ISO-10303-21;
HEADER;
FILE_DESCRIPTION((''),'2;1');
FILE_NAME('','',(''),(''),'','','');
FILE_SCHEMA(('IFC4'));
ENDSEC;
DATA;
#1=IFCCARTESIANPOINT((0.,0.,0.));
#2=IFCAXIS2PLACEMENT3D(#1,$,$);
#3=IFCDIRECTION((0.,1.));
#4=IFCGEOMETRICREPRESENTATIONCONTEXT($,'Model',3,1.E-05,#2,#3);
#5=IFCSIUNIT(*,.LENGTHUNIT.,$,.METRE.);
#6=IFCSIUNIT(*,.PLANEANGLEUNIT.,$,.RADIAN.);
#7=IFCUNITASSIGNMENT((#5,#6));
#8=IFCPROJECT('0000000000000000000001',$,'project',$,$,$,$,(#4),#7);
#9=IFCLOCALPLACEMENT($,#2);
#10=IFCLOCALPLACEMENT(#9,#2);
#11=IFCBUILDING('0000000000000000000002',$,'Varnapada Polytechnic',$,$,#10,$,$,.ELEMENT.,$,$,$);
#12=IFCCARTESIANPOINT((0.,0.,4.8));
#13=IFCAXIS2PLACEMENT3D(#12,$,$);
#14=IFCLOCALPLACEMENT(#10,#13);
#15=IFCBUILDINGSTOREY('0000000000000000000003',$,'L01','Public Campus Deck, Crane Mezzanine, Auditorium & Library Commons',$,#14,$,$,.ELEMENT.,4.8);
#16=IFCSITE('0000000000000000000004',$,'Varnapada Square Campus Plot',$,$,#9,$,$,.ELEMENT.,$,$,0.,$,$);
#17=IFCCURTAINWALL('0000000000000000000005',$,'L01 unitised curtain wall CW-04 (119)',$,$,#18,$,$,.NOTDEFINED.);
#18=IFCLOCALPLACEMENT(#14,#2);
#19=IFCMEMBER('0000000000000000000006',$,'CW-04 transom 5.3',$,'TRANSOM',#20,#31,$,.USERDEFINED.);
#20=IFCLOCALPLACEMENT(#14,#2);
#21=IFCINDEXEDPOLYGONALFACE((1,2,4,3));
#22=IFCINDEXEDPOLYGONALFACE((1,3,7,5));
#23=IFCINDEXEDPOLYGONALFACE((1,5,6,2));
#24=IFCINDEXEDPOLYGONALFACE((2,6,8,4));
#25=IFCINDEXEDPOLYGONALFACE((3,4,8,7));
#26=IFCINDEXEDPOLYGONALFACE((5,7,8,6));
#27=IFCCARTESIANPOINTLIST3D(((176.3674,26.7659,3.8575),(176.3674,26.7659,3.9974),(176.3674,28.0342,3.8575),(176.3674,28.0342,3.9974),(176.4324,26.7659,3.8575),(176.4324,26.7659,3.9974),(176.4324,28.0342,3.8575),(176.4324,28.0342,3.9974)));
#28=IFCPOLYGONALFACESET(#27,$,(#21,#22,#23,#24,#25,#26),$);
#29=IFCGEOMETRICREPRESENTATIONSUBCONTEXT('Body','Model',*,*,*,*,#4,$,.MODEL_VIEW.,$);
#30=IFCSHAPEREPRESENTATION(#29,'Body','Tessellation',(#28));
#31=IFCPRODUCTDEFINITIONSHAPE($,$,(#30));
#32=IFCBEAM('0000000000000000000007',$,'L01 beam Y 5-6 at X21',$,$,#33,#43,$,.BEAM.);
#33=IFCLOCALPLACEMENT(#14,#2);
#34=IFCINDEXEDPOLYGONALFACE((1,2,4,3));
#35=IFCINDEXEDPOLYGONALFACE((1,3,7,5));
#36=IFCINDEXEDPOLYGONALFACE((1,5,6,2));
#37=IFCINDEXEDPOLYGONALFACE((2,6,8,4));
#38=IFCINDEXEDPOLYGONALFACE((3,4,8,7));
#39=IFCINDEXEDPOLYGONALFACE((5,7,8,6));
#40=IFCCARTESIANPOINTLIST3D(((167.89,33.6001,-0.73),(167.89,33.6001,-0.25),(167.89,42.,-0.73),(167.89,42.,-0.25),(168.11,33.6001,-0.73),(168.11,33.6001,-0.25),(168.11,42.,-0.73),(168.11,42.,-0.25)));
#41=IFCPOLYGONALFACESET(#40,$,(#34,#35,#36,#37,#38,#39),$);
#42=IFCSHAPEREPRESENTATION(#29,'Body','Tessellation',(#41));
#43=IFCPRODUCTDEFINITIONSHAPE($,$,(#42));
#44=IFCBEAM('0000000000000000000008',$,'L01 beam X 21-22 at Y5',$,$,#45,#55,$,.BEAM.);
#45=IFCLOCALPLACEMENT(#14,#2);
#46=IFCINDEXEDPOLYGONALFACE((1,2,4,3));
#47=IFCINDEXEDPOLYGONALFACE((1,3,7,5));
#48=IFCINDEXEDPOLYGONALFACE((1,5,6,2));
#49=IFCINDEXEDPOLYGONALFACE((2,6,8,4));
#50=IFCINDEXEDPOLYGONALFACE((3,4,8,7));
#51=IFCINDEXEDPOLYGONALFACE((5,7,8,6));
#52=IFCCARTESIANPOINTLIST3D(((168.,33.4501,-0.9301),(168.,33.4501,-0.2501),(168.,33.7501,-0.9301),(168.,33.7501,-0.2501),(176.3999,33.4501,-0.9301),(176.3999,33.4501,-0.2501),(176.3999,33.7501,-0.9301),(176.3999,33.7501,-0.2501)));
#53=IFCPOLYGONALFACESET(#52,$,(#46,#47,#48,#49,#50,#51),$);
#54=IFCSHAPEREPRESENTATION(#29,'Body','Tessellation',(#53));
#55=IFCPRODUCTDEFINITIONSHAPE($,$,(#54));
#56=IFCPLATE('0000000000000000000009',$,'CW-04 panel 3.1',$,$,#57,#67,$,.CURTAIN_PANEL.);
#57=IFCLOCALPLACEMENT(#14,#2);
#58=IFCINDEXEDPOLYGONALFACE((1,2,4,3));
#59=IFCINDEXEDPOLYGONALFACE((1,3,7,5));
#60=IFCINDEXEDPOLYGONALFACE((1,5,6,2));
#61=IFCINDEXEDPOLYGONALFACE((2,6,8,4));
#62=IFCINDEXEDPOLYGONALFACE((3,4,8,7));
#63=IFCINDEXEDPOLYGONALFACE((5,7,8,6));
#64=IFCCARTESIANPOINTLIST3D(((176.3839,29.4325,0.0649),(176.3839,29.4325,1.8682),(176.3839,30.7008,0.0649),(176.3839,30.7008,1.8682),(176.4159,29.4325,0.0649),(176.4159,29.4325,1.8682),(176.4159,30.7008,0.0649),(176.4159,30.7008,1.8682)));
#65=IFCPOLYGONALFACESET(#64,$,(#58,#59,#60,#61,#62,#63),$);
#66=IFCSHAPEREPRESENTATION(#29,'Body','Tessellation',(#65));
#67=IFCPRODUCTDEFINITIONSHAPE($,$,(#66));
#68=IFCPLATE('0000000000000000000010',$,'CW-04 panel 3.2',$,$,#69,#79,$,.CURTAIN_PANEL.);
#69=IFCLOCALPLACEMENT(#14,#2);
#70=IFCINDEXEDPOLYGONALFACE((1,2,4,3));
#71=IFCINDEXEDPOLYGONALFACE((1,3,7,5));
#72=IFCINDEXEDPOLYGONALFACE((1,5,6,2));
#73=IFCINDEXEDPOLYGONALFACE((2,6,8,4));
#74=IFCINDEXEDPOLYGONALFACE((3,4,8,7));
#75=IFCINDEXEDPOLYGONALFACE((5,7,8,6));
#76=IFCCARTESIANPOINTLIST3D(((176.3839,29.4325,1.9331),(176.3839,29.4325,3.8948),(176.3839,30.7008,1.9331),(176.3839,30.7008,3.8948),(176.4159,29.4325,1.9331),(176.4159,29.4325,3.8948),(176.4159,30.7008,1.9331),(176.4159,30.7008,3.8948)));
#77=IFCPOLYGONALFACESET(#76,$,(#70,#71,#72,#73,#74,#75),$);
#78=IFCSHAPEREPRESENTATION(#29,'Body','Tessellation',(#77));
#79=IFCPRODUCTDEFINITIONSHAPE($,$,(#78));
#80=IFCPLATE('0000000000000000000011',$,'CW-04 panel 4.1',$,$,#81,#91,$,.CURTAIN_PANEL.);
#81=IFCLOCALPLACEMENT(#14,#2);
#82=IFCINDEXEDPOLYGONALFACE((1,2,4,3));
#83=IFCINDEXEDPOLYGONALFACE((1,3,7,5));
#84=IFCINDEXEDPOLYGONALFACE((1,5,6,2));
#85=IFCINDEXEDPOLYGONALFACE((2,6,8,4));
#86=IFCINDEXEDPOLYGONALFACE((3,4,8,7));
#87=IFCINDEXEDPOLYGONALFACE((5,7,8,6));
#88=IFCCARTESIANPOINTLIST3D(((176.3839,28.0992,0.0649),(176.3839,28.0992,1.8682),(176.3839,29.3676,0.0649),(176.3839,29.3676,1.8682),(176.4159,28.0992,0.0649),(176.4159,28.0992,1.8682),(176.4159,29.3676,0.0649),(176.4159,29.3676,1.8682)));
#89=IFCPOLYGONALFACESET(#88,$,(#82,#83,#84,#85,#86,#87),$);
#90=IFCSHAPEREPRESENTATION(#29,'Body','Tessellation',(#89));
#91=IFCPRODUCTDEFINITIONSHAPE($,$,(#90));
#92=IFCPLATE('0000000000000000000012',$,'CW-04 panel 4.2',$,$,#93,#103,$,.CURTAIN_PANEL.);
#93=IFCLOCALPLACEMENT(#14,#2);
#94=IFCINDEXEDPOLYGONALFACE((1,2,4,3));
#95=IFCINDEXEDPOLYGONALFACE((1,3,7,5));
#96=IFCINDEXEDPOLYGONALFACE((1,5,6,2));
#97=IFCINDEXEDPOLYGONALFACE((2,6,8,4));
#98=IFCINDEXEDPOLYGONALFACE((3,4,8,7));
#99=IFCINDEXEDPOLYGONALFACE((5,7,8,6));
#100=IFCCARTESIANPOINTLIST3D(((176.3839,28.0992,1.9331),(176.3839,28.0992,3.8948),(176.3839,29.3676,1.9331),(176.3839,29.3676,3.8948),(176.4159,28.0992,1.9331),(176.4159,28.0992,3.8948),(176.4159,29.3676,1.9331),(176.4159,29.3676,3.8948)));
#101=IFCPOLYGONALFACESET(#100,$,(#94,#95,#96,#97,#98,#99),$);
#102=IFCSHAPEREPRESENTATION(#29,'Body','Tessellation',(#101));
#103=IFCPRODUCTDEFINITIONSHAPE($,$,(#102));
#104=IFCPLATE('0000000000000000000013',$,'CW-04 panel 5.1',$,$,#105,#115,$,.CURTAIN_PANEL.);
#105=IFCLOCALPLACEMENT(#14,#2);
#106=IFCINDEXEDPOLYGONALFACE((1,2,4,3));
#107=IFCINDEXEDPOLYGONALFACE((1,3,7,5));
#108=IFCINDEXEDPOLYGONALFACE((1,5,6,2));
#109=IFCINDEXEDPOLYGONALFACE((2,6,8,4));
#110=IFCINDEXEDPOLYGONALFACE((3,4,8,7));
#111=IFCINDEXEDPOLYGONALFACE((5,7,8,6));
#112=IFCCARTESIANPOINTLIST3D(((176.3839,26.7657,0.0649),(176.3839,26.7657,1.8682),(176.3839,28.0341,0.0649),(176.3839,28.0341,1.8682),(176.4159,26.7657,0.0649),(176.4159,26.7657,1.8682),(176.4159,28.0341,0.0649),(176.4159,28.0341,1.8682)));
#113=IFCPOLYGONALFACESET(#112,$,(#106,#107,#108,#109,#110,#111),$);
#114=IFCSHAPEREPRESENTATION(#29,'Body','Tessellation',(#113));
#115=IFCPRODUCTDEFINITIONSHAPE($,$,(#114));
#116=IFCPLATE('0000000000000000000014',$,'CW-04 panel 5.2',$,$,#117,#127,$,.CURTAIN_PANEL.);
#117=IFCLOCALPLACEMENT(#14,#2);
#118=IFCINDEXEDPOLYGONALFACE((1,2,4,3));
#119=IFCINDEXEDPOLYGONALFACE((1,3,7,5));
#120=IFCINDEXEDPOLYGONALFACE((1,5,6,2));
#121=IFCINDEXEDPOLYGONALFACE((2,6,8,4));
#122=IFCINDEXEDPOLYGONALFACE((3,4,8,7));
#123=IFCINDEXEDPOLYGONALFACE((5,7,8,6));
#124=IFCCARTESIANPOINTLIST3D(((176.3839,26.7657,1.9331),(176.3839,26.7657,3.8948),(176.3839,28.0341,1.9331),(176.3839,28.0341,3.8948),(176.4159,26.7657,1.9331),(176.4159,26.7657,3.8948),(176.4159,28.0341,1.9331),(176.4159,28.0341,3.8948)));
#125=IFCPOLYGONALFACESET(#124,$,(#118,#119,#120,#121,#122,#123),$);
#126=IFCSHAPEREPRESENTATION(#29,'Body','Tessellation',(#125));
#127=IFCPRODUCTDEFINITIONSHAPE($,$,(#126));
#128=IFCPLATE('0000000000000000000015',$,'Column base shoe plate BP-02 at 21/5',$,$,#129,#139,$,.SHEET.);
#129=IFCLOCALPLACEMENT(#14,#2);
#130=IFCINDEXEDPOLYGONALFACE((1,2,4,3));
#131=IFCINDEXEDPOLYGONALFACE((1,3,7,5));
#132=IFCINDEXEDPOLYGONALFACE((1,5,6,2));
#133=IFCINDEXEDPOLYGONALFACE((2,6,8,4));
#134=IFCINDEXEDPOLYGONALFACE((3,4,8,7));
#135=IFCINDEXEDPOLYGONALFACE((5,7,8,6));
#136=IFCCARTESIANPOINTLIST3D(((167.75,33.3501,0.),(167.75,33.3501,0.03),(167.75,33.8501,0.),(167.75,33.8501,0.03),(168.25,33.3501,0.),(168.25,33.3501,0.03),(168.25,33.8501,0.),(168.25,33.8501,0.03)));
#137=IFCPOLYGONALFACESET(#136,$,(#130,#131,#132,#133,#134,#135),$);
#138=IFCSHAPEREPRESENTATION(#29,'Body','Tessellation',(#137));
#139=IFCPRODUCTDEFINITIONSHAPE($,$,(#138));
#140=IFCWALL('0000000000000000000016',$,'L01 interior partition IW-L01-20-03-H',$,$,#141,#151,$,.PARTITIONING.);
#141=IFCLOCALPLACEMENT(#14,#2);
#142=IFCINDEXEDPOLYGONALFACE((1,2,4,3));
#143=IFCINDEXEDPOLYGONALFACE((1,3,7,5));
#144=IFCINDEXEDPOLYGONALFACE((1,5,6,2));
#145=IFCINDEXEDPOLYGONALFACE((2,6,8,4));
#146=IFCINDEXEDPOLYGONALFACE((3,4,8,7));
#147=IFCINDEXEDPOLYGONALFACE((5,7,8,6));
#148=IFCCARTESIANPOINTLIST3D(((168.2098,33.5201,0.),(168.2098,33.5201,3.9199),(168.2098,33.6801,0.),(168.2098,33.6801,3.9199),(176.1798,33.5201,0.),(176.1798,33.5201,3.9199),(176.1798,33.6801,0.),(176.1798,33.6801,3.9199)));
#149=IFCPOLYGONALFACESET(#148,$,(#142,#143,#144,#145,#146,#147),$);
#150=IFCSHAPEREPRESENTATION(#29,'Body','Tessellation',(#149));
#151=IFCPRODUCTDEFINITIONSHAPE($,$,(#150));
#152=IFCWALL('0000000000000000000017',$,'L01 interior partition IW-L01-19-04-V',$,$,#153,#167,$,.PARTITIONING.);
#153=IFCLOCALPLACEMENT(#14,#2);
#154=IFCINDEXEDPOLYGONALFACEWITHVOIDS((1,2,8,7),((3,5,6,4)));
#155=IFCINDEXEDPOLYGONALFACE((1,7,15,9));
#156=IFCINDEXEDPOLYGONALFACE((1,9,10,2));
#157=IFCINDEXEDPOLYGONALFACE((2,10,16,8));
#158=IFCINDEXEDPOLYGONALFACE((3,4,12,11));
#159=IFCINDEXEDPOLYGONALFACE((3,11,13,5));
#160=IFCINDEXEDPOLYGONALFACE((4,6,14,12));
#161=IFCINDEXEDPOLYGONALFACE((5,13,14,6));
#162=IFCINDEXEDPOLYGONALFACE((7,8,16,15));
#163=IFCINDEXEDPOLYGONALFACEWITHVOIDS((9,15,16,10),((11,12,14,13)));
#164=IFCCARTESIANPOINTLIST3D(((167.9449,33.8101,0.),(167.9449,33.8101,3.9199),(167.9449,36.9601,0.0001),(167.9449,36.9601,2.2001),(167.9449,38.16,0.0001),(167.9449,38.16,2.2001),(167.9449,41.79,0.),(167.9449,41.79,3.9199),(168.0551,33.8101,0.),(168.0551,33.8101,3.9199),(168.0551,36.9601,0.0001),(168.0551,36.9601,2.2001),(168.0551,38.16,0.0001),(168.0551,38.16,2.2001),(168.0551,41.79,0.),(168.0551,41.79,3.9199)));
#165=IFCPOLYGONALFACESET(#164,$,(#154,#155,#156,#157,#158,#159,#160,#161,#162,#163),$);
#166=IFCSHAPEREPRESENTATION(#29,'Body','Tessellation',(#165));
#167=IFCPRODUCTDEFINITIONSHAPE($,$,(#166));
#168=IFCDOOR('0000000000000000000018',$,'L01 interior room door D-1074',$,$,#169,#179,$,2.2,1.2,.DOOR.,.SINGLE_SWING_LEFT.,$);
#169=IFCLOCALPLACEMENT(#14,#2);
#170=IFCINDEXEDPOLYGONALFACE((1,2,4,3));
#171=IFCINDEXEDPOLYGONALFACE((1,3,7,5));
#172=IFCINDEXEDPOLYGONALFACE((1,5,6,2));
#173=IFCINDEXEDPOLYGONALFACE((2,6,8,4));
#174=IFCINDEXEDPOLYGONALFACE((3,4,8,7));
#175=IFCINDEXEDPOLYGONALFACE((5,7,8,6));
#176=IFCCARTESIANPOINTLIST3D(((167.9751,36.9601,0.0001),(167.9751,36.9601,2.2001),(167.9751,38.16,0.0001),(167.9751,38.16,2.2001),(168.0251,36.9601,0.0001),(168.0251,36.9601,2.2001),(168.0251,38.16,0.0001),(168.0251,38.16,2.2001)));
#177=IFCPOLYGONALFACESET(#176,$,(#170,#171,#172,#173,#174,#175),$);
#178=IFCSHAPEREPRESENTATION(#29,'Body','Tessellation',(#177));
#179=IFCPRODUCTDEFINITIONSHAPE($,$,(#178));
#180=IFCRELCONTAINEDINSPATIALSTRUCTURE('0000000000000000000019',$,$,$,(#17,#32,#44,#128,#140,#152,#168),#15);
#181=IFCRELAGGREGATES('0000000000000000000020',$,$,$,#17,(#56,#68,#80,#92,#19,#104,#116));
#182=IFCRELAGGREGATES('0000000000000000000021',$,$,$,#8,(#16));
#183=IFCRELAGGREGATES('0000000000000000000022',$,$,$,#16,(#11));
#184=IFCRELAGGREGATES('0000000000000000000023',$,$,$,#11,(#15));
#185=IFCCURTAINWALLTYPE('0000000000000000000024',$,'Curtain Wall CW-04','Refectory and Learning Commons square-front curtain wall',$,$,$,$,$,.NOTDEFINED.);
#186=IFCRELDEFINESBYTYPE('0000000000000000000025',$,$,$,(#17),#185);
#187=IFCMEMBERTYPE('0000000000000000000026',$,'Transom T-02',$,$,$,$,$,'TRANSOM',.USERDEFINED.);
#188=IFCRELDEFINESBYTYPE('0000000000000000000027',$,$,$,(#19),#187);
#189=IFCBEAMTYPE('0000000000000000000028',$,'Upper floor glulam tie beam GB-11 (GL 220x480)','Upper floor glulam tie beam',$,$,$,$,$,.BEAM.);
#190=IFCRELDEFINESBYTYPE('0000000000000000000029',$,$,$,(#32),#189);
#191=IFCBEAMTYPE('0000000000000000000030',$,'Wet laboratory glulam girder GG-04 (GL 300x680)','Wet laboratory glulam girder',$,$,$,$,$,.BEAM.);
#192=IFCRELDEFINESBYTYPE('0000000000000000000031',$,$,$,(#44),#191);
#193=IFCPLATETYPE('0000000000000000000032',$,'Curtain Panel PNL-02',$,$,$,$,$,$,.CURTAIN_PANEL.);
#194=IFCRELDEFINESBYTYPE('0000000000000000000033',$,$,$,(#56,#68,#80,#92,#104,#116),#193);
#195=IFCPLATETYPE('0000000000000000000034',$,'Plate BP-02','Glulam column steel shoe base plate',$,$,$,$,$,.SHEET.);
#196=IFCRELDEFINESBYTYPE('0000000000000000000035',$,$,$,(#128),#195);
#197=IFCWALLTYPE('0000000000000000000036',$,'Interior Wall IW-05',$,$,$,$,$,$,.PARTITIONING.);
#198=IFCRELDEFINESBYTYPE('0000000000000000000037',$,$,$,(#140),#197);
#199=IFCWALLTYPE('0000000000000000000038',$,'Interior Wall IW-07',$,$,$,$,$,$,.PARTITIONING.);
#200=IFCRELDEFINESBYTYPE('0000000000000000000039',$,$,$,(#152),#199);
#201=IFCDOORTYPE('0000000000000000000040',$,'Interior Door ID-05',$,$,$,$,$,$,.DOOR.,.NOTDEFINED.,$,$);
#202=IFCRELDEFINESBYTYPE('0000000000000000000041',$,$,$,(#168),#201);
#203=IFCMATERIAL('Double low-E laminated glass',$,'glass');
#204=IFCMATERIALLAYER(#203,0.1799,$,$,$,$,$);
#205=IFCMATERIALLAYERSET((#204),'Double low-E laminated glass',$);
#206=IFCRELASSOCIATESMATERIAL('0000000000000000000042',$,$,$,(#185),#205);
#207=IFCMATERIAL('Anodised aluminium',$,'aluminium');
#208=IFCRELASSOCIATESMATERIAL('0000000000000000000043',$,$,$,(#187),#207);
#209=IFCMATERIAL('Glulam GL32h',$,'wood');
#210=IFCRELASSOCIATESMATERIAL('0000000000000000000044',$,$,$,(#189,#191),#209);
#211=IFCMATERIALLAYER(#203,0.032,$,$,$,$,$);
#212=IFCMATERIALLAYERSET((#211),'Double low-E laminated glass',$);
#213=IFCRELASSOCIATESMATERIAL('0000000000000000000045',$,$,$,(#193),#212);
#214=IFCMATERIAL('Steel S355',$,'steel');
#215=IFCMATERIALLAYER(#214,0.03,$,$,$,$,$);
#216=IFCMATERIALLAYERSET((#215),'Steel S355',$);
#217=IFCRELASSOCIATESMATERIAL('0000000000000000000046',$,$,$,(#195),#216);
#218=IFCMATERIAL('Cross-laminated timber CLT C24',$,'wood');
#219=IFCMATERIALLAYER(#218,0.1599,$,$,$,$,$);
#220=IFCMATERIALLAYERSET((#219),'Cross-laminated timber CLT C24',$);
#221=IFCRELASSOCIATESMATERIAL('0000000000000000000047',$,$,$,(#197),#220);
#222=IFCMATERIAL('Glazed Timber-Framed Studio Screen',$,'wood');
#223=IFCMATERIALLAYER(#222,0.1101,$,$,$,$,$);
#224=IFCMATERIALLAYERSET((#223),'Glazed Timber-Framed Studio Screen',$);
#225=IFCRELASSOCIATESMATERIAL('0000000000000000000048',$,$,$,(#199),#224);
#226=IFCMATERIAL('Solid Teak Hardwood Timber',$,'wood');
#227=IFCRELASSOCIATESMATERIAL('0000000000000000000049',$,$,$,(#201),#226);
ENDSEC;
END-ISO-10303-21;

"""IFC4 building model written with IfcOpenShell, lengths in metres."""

from ifc_helpers import new_model, si_unit, direction, frame, frame_2d, origin, origin_2d, place, context, subcontext, project, spatial, rectangle, extrude, material, layer, layer_set, material_profile, profile_set, type_object, element, fill, aggregate, save


model = new_model("IFC4")

# Units and contexts
model_context = context("Model", 3, precision=1e-05, world=origin(), true_north=direction((0.0, 1.0)))
body_context = subcontext(model_context, "Body", "Model", "MODEL_VIEW")
ifc_project = project(units=[si_unit("LENGTHUNIT", "METRE"), si_unit("PLANEANGLEUNIT", "RADIAN")], contexts=[model_context])

# Site, building, storey
site_placement = place(None, origin())
site = spatial("IfcSite", under=ifc_project, at=site_placement, Name="Varnapada Square Campus Plot", CompositionType="ELEMENT", RefElevation=0.0)
building_placement = place(site_placement, origin())
building = spatial("IfcBuilding", under=site, at=building_placement, Name="Varnapada Polytechnic", CompositionType="ELEMENT")
storey_placement = place(building_placement, frame((0.0, 0.0, 4.8)))
storey = spatial("IfcBuildingStorey", under=building, at=storey_placement, Name="L01", Description="Public Campus Deck, Crane Mezzanine, Auditorium & Library Commons", CompositionType="ELEMENT", Elevation=4.8)

# Shared definitions
ifc_material_1 = material(Name="Glulam GL32h", Category="wood")

# Curtain wall, member
ifc_material_2 = material(Name="Double low-E laminated glass", Category="glass")
ifc_layer_1 = layer(ifc_material_2, 0.1799)
ifc_layer_set_1 = layer_set([ifc_layer_1], Name="Double low-E laminated glass")
curtain_wall_type = type_object("IfcCurtainWallType", Name="Curtain Wall CW-04", Description="Refectory and Learning Commons square-front curtain wall", PredefinedType="NOTDEFINED", material=ifc_layer_set_1)
curtain_wall_placement = place(storey_placement, origin())
curtain_wall = element("IfcCurtainWall", 1, at=curtain_wall_placement, inside=storey, type_object=curtain_wall_type, Name="L01 unitised curtain wall CW-04 (119)", PredefinedType="NOTDEFINED")
ifc_material_3 = material(Name="Anodised aluminium", Category="aluminium")
ifc_material_profile_1 = material_profile(ifc_material_3, rectangle(XDim=0.0649, YDim=0.1399, at=origin_2d()), Name="ALU T65x140")
ifc_profile_set_1 = profile_set([ifc_material_profile_1], Name="Anodised aluminium")
member_type_1 = type_object("IfcMemberType", Name="Transom T-02", ElementType="TRANSOM", PredefinedType="USERDEFINED", material=ifc_profile_set_1)
member_1_placement = place(storey_placement, frame((176.3999, 28.0342, 3.9275), z_axis=(0.0, -1.0, 0.0), x_axis=(1.0, 0.0, 0.0)))
member_1 = element("IfcMember", 2, at=member_1_placement, type_object=member_type_1, Name="CW-04 transom 5.3", ObjectType="TRANSOM", PredefinedType="USERDEFINED", context=body_context, shape_type="SweptSolid", body=[
    extrude(rectangle(XDim=0.0649, YDim=0.1399, at=origin_2d()), origin(), (0.0, 0.0, 1.0), 1.2683),
])

# Beams
ifc_material_profile_2 = material_profile(ifc_material_1, rectangle(XDim=0.22, YDim=0.48, at=origin_2d()), Name="GL 220x480")
ifc_profile_set_2 = profile_set([ifc_material_profile_2], Name="Glulam GL32h")
beam_type_1 = type_object("IfcBeamType", Name="Upper floor glulam tie beam GB-11 (GL 220x480)", Description="Upper floor glulam tie beam", PredefinedType="BEAM", material=ifc_profile_set_2)
beam_1_placement = place(storey_placement, frame((168.0, 33.6001, -0.49), z_axis=(0.0, 1.0, 0.0), x_axis=(-1.0, 0.0, 0.0)))
element("IfcBeam", 3, at=beam_1_placement, inside=storey, type_object=beam_type_1, Name="L01 beam Y 5-6 at X21", PredefinedType="BEAM", context=body_context, shape_type="SweptSolid", body=[
    extrude(rectangle(XDim=0.22, YDim=0.48, at=origin_2d()), origin(), (0.0, 0.0, 1.0), 8.3999),
])
ifc_material_profile_3 = material_profile(ifc_material_1, rectangle(XDim=0.3, YDim=0.6799, at=origin_2d()), Name="GL 300x680")
ifc_profile_set_3 = profile_set([ifc_material_profile_3], Name="Glulam GL32h")
beam_type_2 = type_object("IfcBeamType", Name="Wet laboratory glulam girder GG-04 (GL 300x680)", Description="Wet laboratory glulam girder", PredefinedType="BEAM", material=ifc_profile_set_3)
beam_2_placement = place(storey_placement, frame((168.0, 33.6001, -0.5901), z_axis=(1.0, 0.0, 0.0), x_axis=(0.0, 1.0, 0.0)))
element("IfcBeam", 4, at=beam_2_placement, inside=storey, type_object=beam_type_2, Name="L01 beam X 21-22 at Y5", PredefinedType="BEAM", context=body_context, shape_type="SweptSolid", body=[
    extrude(rectangle(XDim=0.3, YDim=0.6799, at=origin_2d()), origin(), (0.0, 0.0, 1.0), 8.3999),
])

# Plates
ifc_layer_2 = layer(ifc_material_2, 0.032)
ifc_layer_set_2 = layer_set([ifc_layer_2], Name="Double low-E laminated glass")
plate_type_1 = type_object("IfcPlateType", Name="Curtain Panel PNL-02", PredefinedType="CURTAIN_PANEL", material=ifc_layer_set_2)
plate_1_placement = place(storey_placement, frame((176.3999, 30.0667, 0.0649), z_axis=(0.0, 0.0, 1.0), x_axis=(0.0, -1.0, 0.0)))
plate_1 = element("IfcPlate", 5, at=plate_1_placement, type_object=plate_type_1, Name="CW-04 panel 3.1", PredefinedType="CURTAIN_PANEL", context=body_context, shape_type="SweptSolid", body=[
    extrude(rectangle(XDim=1.2683, YDim=0.032, at=origin_2d()), origin(), (0.0, 0.0, 1.0), 1.8032),
])
plate_2_placement = place(storey_placement, frame((176.3999, 30.0667, 1.9331), z_axis=(0.0, 0.0, 1.0), x_axis=(0.0, -1.0, 0.0)))
plate_2 = element("IfcPlate", 6, at=plate_2_placement, type_object=plate_type_1, Name="CW-04 panel 3.2", PredefinedType="CURTAIN_PANEL", context=body_context, shape_type="SweptSolid", body=[
    extrude(rectangle(XDim=1.2683, YDim=0.032, at=origin_2d()), origin(), (0.0, 0.0, 1.0), 1.9617),
])
plate_3_placement = place(storey_placement, frame((176.3999, 28.7334, 0.0649), z_axis=(0.0, 0.0, 1.0), x_axis=(0.0, -1.0, 0.0)))
plate_3 = element("IfcPlate", 7, at=plate_3_placement, type_object=plate_type_1, Name="CW-04 panel 4.1", PredefinedType="CURTAIN_PANEL", context=body_context, shape_type="SweptSolid", body=[
    extrude(rectangle(XDim=1.2683, YDim=0.032, at=origin_2d()), origin(), (0.0, 0.0, 1.0), 1.8032),
])
plate_4_placement = place(storey_placement, frame((176.3999, 28.7334, 1.9331), z_axis=(0.0, 0.0, 1.0), x_axis=(0.0, -1.0, 0.0)))
plate_4 = element("IfcPlate", 8, at=plate_4_placement, type_object=plate_type_1, Name="CW-04 panel 4.2", PredefinedType="CURTAIN_PANEL", context=body_context, shape_type="SweptSolid", body=[
    extrude(rectangle(XDim=1.2683, YDim=0.032, at=origin_2d()), origin(), (0.0, 0.0, 1.0), 1.9617),
])
plate_5_placement = place(storey_placement, frame((176.3999, 27.3999, 0.0649), z_axis=(0.0, 0.0, 1.0), x_axis=(0.0, -1.0, 0.0)))
plate_5 = element("IfcPlate", 9, at=plate_5_placement, type_object=plate_type_1, Name="CW-04 panel 5.1", PredefinedType="CURTAIN_PANEL", context=body_context, shape_type="SweptSolid", body=[
    extrude(rectangle(XDim=1.2683, YDim=0.032, at=origin_2d()), origin(), (0.0, 0.0, 1.0), 1.8032),
])
plate_6_placement = place(storey_placement, frame((176.3999, 27.3999, 1.9331), z_axis=(0.0, 0.0, 1.0), x_axis=(0.0, -1.0, 0.0)))
plate_6 = element("IfcPlate", 10, at=plate_6_placement, type_object=plate_type_1, Name="CW-04 panel 5.2", PredefinedType="CURTAIN_PANEL", context=body_context, shape_type="SweptSolid", body=[
    extrude(rectangle(XDim=1.2683, YDim=0.032, at=origin_2d()), origin(), (0.0, 0.0, 1.0), 1.9617),
])
aggregate(curtain_wall, [plate_1, plate_2, plate_3, plate_4, member_1, plate_5, plate_6])
ifc_material_4 = material(Name="Steel S355", Category="steel")
ifc_layer_3 = layer(ifc_material_4, 0.03)
ifc_layer_set_3 = layer_set([ifc_layer_3], Name="Steel S355")
plate_type_2 = type_object("IfcPlateType", Name="Plate BP-02", Description="Glulam column steel shoe base plate", PredefinedType="SHEET", material=ifc_layer_set_3)
plate_7_placement = place(storey_placement, frame((168.0, 33.6001, 0.0), z_axis=(0.0, 0.0, 1.0), x_axis=(1.0, 0.0, 0.0)))
element("IfcPlate", 11, at=plate_7_placement, inside=storey, type_object=plate_type_2, Name="Column base shoe plate BP-02 at 21/5", PredefinedType="SHEET", context=body_context, shape_type="SweptSolid", body=[
    extrude(rectangle(XDim=0.5, YDim=0.5, at=origin_2d()), origin(), (0.0, 0.0, 1.0), 0.03),
])

# Wall
ifc_material_5 = material(Name="Cross-laminated timber CLT C24", Category="wood")
ifc_layer_4 = layer(ifc_material_5, 0.1599)
ifc_layer_set_4 = layer_set([ifc_layer_4], Name="Cross-laminated timber CLT C24")
wall_type_1 = type_object("IfcWallType", Name="Interior Wall IW-05", PredefinedType="PARTITIONING", material=ifc_layer_set_4)
wall_1_placement = place(storey_placement, frame((168.21, 33.6001, 0.0), z_axis=(0.0, 0.0, 1.0), x_axis=(1.0, 0.0, 0.0)))
element("IfcWall", 12, at=wall_1_placement, inside=storey, type_object=wall_type_1, Name="L01 interior partition IW-L01-20-03-H", PredefinedType="PARTITIONING", context=body_context, shape_type="SweptSolid", body=[
    extrude(rectangle(XDim=7.97, YDim=0.1599, at=frame_2d((3.9849, 0.0))), origin(), (0.0, 0.0, 1.0), 3.9199),
])

# Wall, opening, door
ifc_material_6 = material(Name="Glazed Timber-Framed Studio Screen", Category="wood")
ifc_layer_5 = layer(ifc_material_6, 0.1101)
ifc_layer_set_5 = layer_set([ifc_layer_5], Name="Glazed Timber-Framed Studio Screen")
wall_type_2 = type_object("IfcWallType", Name="Interior Wall IW-07", PredefinedType="PARTITIONING", material=ifc_layer_set_5)
wall_2_placement = place(storey_placement, frame((168.0, 33.8101, 0.0), z_axis=(0.0, 0.0, 1.0), x_axis=(0.0, 1.0, 0.0)))
wall_2 = element("IfcWall", 13, at=wall_2_placement, inside=storey, type_object=wall_type_2, Name="L01 interior partition IW-L01-19-04-V", PredefinedType="PARTITIONING", context=body_context, shape_type="SweptSolid", body=[
    extrude(rectangle(XDim=7.98, YDim=0.1101, at=frame_2d((3.99, 0.0))), origin(), (0.0, 0.0, 1.0), 3.9199),
])
opening_placement = place(wall_2_placement, frame((3.1499, 0.0, 0.0)))
opening = element("IfcOpeningElement", 14, at=opening_placement, cuts=wall_2, PredefinedType="OPENING", context=body_context, shape_type="SweptSolid", body=[
    extrude(rectangle(XDim=1.2, YDim=2.2, at=frame_2d((0.6001, 1.1001))), frame((0.0, 0.0649, 0.0), z_axis=(0.0, -1.0, 0.0), x_axis=(1.0, 0.0, 0.0)), (0.0, 0.0, 1.0), 0.1301),
])
ifc_material_7 = material(Name="Solid Teak Hardwood Timber", Category="wood")
door_type = type_object("IfcDoorType", Name="Interior Door ID-05", OperationType="NOTDEFINED", PredefinedType="DOOR", material=ifc_material_7)
door_placement = place(opening_placement, origin())
door = element("IfcDoor", 15, at=door_placement, inside=storey, type_object=door_type, Name="L01 interior room door D-1074", OperationType="SINGLE_SWING_LEFT", OverallHeight=2.2, OverallWidth=1.2, PredefinedType="DOOR", context=body_context, shape_type="SweptSolid", body=[
    extrude(rectangle(XDim=1.2, YDim=2.2, at=frame_2d((0.6001, 1.1001))), frame((0.0, 0.0249, 0.0), z_axis=(0.0, -1.0, 0.0), x_axis=(1.0, 0.0, 0.0)), (0.0, 0.0, 1.0), 0.05),
])
fill(opening, door)

save(model, "model.ifc")
